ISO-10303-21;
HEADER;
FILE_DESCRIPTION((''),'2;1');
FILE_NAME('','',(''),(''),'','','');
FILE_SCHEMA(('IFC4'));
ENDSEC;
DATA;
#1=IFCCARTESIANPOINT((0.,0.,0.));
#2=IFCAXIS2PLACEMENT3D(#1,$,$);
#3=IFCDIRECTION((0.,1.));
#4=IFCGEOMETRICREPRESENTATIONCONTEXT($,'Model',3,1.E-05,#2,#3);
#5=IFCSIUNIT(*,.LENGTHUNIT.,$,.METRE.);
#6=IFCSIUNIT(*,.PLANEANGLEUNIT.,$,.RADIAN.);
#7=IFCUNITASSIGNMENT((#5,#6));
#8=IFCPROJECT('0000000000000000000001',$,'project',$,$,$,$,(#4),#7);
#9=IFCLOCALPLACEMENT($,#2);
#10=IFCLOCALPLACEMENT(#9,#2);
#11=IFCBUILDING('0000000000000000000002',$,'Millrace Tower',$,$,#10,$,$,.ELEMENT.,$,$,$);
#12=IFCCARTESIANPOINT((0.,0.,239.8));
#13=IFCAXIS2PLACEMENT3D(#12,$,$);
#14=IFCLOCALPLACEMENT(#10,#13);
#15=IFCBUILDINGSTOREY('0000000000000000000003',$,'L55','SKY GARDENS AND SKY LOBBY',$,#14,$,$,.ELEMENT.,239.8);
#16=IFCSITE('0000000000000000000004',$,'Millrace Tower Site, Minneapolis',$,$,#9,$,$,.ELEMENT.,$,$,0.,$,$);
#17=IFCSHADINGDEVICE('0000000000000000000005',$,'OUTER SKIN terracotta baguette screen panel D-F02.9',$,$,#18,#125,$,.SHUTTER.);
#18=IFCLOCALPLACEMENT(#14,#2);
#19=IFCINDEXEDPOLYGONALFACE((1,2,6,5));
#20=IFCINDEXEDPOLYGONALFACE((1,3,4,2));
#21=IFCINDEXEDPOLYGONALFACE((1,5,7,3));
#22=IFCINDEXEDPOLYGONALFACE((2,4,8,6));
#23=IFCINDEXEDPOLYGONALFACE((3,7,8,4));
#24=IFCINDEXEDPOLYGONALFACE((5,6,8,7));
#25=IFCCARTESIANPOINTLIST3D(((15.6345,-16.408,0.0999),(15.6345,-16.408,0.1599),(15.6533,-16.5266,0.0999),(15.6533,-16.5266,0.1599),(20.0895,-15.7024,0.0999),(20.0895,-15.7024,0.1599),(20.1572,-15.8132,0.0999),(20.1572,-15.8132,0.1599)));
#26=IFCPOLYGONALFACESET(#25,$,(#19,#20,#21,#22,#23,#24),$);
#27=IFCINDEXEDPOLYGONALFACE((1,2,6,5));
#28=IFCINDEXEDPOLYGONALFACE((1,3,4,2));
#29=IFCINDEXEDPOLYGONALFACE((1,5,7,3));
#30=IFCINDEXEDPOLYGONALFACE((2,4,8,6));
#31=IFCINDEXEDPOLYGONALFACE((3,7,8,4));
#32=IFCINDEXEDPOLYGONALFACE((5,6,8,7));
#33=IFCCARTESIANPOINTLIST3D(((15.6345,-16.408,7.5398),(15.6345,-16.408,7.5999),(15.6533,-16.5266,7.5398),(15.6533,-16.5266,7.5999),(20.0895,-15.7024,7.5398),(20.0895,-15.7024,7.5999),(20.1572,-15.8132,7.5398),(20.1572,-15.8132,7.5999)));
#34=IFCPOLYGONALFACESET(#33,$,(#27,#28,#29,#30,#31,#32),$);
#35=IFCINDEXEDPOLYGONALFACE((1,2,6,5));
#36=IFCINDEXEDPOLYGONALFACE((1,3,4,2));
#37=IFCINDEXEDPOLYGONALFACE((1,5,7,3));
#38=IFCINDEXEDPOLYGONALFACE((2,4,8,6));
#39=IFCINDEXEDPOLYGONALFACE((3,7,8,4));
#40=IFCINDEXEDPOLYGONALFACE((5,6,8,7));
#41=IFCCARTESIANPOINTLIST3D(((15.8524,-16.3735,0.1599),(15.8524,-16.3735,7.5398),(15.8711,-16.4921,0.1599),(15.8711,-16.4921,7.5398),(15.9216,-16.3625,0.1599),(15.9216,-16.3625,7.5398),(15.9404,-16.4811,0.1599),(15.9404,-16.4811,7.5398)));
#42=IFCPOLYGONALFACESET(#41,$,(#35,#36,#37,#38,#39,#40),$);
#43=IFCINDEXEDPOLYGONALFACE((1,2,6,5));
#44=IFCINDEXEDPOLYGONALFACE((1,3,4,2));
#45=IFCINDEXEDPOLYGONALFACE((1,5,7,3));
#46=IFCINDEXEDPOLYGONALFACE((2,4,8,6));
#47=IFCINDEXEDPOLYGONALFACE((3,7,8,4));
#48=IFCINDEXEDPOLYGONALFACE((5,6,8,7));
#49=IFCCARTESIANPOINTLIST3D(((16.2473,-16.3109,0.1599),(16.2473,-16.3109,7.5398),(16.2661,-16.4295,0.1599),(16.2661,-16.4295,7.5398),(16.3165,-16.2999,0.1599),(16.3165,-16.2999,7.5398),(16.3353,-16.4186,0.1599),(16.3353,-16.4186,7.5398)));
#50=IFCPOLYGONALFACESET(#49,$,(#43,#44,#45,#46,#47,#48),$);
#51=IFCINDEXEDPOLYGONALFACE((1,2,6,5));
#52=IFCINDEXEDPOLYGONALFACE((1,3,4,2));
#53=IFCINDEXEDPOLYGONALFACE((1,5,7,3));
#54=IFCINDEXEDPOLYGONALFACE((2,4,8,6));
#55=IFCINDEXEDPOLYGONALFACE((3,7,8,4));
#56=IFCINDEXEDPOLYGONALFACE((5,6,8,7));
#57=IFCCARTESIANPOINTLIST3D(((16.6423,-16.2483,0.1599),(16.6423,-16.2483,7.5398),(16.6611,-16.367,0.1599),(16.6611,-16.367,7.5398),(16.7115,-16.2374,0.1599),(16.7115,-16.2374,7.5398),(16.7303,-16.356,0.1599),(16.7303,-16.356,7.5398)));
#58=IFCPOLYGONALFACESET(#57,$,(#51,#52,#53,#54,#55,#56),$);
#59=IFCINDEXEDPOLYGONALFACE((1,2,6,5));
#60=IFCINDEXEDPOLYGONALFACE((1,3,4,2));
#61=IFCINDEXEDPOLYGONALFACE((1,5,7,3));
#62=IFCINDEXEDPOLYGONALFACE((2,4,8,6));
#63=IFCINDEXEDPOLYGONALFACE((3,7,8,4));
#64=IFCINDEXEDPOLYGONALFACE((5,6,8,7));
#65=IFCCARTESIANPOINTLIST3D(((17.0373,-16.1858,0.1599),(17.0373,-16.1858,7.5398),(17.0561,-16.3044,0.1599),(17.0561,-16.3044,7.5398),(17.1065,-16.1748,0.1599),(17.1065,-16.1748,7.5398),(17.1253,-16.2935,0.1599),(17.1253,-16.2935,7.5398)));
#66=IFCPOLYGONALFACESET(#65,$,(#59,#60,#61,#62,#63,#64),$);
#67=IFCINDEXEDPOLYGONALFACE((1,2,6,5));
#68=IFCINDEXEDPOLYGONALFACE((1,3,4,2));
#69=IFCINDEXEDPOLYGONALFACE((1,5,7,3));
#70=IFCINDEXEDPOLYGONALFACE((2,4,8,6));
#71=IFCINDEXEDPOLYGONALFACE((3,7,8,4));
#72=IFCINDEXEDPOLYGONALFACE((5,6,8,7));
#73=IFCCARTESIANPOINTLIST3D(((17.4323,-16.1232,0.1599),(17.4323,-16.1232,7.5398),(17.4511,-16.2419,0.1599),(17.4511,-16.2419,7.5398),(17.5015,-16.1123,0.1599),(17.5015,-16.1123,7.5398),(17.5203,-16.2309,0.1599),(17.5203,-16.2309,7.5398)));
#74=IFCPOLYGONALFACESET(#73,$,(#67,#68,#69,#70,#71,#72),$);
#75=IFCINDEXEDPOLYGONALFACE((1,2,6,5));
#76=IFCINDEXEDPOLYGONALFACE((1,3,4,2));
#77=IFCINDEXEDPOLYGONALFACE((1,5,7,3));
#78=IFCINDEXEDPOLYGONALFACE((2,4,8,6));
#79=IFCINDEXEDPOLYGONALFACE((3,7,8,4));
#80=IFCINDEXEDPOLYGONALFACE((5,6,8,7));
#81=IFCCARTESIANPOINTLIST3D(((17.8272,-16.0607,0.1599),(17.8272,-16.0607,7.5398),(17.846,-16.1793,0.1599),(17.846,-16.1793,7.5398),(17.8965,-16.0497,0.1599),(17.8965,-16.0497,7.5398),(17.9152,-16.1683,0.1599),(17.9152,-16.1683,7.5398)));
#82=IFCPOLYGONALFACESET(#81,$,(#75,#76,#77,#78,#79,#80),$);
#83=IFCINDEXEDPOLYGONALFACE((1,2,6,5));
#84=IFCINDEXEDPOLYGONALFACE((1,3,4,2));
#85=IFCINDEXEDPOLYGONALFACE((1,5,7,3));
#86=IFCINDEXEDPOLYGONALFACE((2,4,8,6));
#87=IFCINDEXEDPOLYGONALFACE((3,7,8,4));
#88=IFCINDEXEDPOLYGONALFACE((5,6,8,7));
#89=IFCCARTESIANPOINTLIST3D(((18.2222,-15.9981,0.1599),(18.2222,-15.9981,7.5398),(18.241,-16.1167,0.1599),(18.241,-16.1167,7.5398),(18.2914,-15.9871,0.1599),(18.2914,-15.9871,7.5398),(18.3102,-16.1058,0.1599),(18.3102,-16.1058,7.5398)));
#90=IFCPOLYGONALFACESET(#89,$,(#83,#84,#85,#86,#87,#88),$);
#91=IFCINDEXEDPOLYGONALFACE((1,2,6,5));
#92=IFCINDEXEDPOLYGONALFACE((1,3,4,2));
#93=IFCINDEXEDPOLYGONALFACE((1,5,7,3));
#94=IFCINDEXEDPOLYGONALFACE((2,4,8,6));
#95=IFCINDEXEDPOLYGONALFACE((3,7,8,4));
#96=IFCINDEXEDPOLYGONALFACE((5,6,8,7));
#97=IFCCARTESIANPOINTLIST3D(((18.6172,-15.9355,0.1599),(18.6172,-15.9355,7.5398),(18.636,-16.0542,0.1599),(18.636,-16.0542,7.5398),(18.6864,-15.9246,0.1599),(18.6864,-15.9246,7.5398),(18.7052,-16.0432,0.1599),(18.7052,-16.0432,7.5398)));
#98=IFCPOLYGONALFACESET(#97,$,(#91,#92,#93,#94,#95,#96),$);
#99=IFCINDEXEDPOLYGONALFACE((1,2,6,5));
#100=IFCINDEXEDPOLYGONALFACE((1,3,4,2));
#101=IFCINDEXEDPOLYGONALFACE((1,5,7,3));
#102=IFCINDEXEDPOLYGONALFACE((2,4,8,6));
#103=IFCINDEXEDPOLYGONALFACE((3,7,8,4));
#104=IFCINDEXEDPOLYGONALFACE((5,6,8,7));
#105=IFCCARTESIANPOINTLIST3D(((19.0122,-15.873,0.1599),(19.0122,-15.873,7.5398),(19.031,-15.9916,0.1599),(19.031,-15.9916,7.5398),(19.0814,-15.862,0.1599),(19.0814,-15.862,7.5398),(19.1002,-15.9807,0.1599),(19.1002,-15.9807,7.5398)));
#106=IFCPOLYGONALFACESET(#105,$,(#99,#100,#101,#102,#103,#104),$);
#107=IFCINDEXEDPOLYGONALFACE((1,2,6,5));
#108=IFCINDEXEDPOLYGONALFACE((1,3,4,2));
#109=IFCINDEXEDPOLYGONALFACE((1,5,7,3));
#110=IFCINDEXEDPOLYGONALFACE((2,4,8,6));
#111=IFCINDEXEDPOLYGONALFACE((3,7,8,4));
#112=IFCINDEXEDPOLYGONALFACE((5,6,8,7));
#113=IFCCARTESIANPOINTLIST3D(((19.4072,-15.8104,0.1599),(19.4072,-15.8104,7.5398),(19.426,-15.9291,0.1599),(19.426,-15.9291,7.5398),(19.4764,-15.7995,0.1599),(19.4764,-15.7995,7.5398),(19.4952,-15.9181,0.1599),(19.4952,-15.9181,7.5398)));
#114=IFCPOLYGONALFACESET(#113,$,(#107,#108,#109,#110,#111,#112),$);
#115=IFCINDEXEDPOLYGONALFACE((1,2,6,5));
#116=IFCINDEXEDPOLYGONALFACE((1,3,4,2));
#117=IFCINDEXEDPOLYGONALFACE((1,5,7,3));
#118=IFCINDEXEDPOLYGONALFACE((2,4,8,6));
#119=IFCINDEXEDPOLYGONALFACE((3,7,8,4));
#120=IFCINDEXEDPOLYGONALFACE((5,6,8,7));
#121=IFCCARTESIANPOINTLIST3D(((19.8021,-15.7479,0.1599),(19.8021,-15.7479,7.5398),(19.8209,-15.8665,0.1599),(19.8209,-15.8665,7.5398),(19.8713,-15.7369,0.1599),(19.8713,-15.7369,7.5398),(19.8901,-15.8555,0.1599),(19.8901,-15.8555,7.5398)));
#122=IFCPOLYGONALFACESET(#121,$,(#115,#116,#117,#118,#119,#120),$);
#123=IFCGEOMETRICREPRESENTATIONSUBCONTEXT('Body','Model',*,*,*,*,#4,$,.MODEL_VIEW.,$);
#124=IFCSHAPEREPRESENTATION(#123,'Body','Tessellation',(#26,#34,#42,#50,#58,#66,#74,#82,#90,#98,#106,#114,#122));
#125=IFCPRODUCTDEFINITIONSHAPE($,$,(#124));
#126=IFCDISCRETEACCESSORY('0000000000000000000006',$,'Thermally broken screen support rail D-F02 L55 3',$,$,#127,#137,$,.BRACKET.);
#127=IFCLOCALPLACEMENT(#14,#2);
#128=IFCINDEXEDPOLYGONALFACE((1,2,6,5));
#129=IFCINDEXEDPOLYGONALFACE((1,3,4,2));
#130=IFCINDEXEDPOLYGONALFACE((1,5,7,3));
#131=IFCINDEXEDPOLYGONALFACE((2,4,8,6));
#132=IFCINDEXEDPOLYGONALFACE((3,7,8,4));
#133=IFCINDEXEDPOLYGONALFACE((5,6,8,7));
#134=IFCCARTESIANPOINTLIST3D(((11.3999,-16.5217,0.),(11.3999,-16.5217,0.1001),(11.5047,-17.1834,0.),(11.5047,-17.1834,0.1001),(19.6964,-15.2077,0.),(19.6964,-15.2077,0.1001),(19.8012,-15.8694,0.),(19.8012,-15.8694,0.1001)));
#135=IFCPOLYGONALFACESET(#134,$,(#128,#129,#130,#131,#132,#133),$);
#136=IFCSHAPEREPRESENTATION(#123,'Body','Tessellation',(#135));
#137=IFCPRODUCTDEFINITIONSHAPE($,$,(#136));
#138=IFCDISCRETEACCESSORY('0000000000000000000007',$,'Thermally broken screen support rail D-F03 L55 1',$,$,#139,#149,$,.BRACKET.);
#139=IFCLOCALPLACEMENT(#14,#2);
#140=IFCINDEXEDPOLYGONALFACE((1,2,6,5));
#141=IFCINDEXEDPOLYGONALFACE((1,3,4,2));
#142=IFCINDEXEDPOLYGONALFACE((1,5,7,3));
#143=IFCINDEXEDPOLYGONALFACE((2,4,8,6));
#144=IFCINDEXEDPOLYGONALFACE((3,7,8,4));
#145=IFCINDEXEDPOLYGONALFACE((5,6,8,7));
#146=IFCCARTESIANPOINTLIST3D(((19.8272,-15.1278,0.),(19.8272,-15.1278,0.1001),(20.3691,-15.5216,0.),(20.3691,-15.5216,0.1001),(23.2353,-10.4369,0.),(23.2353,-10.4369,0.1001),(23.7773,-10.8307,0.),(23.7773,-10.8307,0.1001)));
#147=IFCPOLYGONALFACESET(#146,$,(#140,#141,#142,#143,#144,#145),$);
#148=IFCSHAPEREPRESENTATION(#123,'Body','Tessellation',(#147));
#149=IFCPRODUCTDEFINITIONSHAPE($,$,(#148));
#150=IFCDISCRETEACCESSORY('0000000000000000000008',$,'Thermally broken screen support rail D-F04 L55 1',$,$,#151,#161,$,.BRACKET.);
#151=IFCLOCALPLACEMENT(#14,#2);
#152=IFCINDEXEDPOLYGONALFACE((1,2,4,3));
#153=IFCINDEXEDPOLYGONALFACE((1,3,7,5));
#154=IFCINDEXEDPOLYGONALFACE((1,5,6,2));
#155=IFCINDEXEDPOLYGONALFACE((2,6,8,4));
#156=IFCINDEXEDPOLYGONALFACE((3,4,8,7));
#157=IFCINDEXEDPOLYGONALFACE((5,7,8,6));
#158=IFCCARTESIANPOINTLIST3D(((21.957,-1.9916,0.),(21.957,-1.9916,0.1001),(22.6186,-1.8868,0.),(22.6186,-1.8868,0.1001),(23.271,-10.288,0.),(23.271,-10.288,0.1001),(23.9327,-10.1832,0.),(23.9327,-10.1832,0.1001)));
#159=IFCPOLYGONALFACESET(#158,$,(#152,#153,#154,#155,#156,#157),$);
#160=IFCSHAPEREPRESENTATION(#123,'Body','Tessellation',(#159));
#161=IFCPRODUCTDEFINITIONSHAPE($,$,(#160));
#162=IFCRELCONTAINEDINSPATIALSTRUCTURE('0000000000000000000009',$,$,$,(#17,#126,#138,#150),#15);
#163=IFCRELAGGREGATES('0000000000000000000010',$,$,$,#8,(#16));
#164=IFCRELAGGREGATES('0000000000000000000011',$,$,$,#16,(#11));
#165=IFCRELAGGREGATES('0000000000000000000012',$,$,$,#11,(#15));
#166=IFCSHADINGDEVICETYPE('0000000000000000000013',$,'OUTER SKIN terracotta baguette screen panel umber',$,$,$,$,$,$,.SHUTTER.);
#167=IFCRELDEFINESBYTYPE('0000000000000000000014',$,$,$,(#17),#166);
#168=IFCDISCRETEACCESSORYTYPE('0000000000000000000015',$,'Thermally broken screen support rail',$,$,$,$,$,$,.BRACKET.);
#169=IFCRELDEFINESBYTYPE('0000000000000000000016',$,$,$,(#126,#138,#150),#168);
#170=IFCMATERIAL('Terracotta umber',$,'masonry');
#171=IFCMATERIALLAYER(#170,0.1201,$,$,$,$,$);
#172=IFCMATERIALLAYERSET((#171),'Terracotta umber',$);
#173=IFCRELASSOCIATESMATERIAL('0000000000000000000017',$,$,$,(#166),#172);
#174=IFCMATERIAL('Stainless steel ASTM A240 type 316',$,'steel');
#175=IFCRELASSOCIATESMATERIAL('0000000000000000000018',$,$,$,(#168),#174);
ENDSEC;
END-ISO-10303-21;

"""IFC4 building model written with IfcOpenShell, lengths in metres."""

from ifc_helpers import new_model, entity, si_unit, direction, frame, frame_2d, origin, origin_2d, place, context, subcontext, project, spatial, rectangle, extrude, source, transform, mapped, material, layer, layer_set, type_object, element, save


model = new_model("IFC4")

# Units and contexts
model_context = context("Model", 3, precision=1e-05, world=origin(), true_north=direction((0.0, 1.0)))
body_context = subcontext(model_context, "Body", "Model", "MODEL_VIEW")
ifc_project = project(units=[si_unit("LENGTHUNIT", "METRE"), si_unit("PLANEANGLEUNIT", "RADIAN")], contexts=[model_context])

# Site, building, storey
site_placement = place(None, origin())
site = spatial("IfcSite", under=ifc_project, at=site_placement, Name="Millrace Tower Site, Minneapolis", CompositionType="ELEMENT", RefElevation=0.0)
building_placement = place(site_placement, origin())
building = spatial("IfcBuilding", under=site, at=building_placement, Name="Millrace Tower", CompositionType="ELEMENT")
storey_placement = place(building_placement, frame((0.0, 0.0, 239.8)))
storey = spatial("IfcBuildingStorey", under=building, at=storey_placement, Name="L55", Description="SKY GARDENS AND SKY LOBBY", CompositionType="ELEMENT", Elevation=239.8)

# Shading device
ifc_material_1 = material(Name="Terracotta umber", Category="masonry")
ifc_layer_1 = layer(ifc_material_1, 0.1201)
ifc_layer_set_1 = layer_set([ifc_layer_1], Name="Terracotta umber")
shading_device_type = type_object("IfcShadingDeviceType", Name="OUTER SKIN terracotta baguette screen panel umber", PredefinedType="SHUTTER", material=ifc_layer_set_1)
cartesian_point_1 = entity("IfcCartesianPoint", [-2.2676, 0.0601])
shared_polyline_1 = entity("IfcPolyline", [cartesian_point_1, entity("IfcCartesianPoint", [2.2429, 0.0601]), entity("IfcCartesianPoint", [2.2925, -0.0601]), entity("IfcCartesianPoint", [-2.2676, -0.0601]), cartesian_point_1])
shared_shape_1 = source(origin(), body_context, "Body", "SweptSolid", [
    entity("IfcExtrudedAreaSolid", entity("IfcArbitraryClosedProfileDef", "AREA", None, shared_polyline_1), entity("IfcAxis2Placement3D", entity("IfcCartesianPoint", [0.0, 0.0, 0.0])), entity("IfcDirection", [0.0, 0.0, 1.0]), 0.0601),
    entity("IfcExtrudedAreaSolid", entity("IfcArbitraryClosedProfileDef", "AREA", None, shared_polyline_1), entity("IfcAxis2Placement3D", entity("IfcCartesianPoint", [0.0, 0.0, 7.4399])), entity("IfcDirection", [0.0, 0.0, 1.0]), 0.0601),
    extrude(rectangle(XDim=0.0701, YDim=0.1201, at=frame_2d((-2.012, 0.0))), frame((0.0, 0.0, 0.0601)), (0.0, 0.0, 1.0), 7.3799),
    extrude(rectangle(XDim=0.0701, YDim=0.1201, at=frame_2d((-1.6121, 0.0))), frame((0.0, 0.0, 0.0601)), (0.0, 0.0, 1.0), 7.3799),
    extrude(rectangle(XDim=0.0701, YDim=0.1201, at=frame_2d((-1.2122, 0.0))), frame((0.0, 0.0, 0.0601)), (0.0, 0.0, 1.0), 7.3799),
    extrude(rectangle(XDim=0.0701, YDim=0.1201, at=frame_2d((-0.8123, 0.0))), frame((0.0, 0.0, 0.0601)), (0.0, 0.0, 1.0), 7.3799),
    extrude(rectangle(XDim=0.0701, YDim=0.1201, at=frame_2d((-0.4124, 0.0))), frame((0.0, 0.0, 0.0601)), (0.0, 0.0, 1.0), 7.3799),
    extrude(rectangle(XDim=0.0701, YDim=0.1201, at=frame_2d((-0.0125, 0.0))), frame((0.0, 0.0, 0.0601)), (0.0, 0.0, 1.0), 7.3799),
    extrude(rectangle(XDim=0.0701, YDim=0.1201, at=frame_2d((0.3875, 0.0))), frame((0.0, 0.0, 0.0601)), (0.0, 0.0, 1.0), 7.3799),
    extrude(rectangle(XDim=0.0701, YDim=0.1201, at=frame_2d((0.7874, 0.0))), frame((0.0, 0.0, 0.0601)), (0.0, 0.0, 1.0), 7.3799),
    extrude(rectangle(XDim=0.0701, YDim=0.1201, at=frame_2d((1.1873, 0.0))), frame((0.0, 0.0, 0.0601)), (0.0, 0.0, 1.0), 7.3799),
    extrude(rectangle(XDim=0.0701, YDim=0.1201, at=frame_2d((1.5872, 0.0))), frame((0.0, 0.0, 0.0601)), (0.0, 0.0, 1.0), 7.3799),
    extrude(rectangle(XDim=0.0701, YDim=0.1201, at=frame_2d((1.9871, 0.0))), frame((0.0, 0.0, 0.0601)), (0.0, 0.0, 1.0), 7.3799),
])
shading_device_1_placement = place(storey_placement, frame((17.8835, -16.1125, 0.0999), z_axis=(0.0, 0.0, 1.0), x_axis=(0.987688, 0.156434, 0.0)))
element("IfcShadingDevice", 1, at=shading_device_1_placement, inside=storey, type_object=shading_device_type, Name="OUTER SKIN terracotta baguette screen panel D-F02.9", PredefinedType="SHUTTER", context=body_context, shape_type="MappedRepresentation", body=[
    mapped(shared_shape_1, transform((0.0, 0.0, 0.0), scale=1.0)),
])

# Discrete accessories
ifc_material_2 = material(Name="Stainless steel ASTM A240 type 316", Category="steel")
discrete_accessory_type = type_object("IfcDiscreteAccessoryType", Name="Thermally broken screen support rail", PredefinedType="BRACKET", material=ifc_material_2)
discrete_accessory_1_placement = place(storey_placement, frame((15.6006, -16.1956, 0.0), z_axis=(0.0, 0.0, 1.0), x_axis=(0.987688, 0.156434, 0.0)))
element("IfcDiscreteAccessory", 2, at=discrete_accessory_1_placement, inside=storey, type_object=discrete_accessory_type, Name="Thermally broken screen support rail D-F02 L55 3", PredefinedType="BRACKET", context=body_context, shape_type="SweptSolid", body=[
    extrude(rectangle(XDim=8.3999, YDim=0.6699, at=origin_2d()), origin(), (0.0, 0.0, 1.0), 0.1001),
])
discrete_accessory_2_placement = place(storey_placement, frame((21.8022, -12.9792, 0.0), z_axis=(0.0, 0.0, 1.0), x_axis=(0.587785, 0.809017, 0.0)))
element("IfcDiscreteAccessory", 3, at=discrete_accessory_2_placement, inside=storey, type_object=discrete_accessory_type, Name="Thermally broken screen support rail D-F03 L55 1", PredefinedType="BRACKET", context=body_context, shape_type="SweptSolid", body=[
    extrude(rectangle(XDim=5.7983, YDim=0.6699, at=origin_2d()), origin(), (0.0, 0.0, 1.0), 0.1001),
])
discrete_accessory_3_placement = place(storey_placement, frame((22.9448, -6.0874, 0.0), z_axis=(0.0, 0.0, 1.0), x_axis=(-0.156434, 0.987688, 0.0)))
element("IfcDiscreteAccessory", 4, at=discrete_accessory_3_placement, inside=storey, type_object=discrete_accessory_type, Name="Thermally broken screen support rail D-F04 L55 1", PredefinedType="BRACKET", context=body_context, shape_type="SweptSolid", body=[
    extrude(rectangle(XDim=8.3999, YDim=0.6699, at=origin_2d()), origin(), (0.0, 0.0, 1.0), 0.1001),
])

save(model, "model.ifc")
